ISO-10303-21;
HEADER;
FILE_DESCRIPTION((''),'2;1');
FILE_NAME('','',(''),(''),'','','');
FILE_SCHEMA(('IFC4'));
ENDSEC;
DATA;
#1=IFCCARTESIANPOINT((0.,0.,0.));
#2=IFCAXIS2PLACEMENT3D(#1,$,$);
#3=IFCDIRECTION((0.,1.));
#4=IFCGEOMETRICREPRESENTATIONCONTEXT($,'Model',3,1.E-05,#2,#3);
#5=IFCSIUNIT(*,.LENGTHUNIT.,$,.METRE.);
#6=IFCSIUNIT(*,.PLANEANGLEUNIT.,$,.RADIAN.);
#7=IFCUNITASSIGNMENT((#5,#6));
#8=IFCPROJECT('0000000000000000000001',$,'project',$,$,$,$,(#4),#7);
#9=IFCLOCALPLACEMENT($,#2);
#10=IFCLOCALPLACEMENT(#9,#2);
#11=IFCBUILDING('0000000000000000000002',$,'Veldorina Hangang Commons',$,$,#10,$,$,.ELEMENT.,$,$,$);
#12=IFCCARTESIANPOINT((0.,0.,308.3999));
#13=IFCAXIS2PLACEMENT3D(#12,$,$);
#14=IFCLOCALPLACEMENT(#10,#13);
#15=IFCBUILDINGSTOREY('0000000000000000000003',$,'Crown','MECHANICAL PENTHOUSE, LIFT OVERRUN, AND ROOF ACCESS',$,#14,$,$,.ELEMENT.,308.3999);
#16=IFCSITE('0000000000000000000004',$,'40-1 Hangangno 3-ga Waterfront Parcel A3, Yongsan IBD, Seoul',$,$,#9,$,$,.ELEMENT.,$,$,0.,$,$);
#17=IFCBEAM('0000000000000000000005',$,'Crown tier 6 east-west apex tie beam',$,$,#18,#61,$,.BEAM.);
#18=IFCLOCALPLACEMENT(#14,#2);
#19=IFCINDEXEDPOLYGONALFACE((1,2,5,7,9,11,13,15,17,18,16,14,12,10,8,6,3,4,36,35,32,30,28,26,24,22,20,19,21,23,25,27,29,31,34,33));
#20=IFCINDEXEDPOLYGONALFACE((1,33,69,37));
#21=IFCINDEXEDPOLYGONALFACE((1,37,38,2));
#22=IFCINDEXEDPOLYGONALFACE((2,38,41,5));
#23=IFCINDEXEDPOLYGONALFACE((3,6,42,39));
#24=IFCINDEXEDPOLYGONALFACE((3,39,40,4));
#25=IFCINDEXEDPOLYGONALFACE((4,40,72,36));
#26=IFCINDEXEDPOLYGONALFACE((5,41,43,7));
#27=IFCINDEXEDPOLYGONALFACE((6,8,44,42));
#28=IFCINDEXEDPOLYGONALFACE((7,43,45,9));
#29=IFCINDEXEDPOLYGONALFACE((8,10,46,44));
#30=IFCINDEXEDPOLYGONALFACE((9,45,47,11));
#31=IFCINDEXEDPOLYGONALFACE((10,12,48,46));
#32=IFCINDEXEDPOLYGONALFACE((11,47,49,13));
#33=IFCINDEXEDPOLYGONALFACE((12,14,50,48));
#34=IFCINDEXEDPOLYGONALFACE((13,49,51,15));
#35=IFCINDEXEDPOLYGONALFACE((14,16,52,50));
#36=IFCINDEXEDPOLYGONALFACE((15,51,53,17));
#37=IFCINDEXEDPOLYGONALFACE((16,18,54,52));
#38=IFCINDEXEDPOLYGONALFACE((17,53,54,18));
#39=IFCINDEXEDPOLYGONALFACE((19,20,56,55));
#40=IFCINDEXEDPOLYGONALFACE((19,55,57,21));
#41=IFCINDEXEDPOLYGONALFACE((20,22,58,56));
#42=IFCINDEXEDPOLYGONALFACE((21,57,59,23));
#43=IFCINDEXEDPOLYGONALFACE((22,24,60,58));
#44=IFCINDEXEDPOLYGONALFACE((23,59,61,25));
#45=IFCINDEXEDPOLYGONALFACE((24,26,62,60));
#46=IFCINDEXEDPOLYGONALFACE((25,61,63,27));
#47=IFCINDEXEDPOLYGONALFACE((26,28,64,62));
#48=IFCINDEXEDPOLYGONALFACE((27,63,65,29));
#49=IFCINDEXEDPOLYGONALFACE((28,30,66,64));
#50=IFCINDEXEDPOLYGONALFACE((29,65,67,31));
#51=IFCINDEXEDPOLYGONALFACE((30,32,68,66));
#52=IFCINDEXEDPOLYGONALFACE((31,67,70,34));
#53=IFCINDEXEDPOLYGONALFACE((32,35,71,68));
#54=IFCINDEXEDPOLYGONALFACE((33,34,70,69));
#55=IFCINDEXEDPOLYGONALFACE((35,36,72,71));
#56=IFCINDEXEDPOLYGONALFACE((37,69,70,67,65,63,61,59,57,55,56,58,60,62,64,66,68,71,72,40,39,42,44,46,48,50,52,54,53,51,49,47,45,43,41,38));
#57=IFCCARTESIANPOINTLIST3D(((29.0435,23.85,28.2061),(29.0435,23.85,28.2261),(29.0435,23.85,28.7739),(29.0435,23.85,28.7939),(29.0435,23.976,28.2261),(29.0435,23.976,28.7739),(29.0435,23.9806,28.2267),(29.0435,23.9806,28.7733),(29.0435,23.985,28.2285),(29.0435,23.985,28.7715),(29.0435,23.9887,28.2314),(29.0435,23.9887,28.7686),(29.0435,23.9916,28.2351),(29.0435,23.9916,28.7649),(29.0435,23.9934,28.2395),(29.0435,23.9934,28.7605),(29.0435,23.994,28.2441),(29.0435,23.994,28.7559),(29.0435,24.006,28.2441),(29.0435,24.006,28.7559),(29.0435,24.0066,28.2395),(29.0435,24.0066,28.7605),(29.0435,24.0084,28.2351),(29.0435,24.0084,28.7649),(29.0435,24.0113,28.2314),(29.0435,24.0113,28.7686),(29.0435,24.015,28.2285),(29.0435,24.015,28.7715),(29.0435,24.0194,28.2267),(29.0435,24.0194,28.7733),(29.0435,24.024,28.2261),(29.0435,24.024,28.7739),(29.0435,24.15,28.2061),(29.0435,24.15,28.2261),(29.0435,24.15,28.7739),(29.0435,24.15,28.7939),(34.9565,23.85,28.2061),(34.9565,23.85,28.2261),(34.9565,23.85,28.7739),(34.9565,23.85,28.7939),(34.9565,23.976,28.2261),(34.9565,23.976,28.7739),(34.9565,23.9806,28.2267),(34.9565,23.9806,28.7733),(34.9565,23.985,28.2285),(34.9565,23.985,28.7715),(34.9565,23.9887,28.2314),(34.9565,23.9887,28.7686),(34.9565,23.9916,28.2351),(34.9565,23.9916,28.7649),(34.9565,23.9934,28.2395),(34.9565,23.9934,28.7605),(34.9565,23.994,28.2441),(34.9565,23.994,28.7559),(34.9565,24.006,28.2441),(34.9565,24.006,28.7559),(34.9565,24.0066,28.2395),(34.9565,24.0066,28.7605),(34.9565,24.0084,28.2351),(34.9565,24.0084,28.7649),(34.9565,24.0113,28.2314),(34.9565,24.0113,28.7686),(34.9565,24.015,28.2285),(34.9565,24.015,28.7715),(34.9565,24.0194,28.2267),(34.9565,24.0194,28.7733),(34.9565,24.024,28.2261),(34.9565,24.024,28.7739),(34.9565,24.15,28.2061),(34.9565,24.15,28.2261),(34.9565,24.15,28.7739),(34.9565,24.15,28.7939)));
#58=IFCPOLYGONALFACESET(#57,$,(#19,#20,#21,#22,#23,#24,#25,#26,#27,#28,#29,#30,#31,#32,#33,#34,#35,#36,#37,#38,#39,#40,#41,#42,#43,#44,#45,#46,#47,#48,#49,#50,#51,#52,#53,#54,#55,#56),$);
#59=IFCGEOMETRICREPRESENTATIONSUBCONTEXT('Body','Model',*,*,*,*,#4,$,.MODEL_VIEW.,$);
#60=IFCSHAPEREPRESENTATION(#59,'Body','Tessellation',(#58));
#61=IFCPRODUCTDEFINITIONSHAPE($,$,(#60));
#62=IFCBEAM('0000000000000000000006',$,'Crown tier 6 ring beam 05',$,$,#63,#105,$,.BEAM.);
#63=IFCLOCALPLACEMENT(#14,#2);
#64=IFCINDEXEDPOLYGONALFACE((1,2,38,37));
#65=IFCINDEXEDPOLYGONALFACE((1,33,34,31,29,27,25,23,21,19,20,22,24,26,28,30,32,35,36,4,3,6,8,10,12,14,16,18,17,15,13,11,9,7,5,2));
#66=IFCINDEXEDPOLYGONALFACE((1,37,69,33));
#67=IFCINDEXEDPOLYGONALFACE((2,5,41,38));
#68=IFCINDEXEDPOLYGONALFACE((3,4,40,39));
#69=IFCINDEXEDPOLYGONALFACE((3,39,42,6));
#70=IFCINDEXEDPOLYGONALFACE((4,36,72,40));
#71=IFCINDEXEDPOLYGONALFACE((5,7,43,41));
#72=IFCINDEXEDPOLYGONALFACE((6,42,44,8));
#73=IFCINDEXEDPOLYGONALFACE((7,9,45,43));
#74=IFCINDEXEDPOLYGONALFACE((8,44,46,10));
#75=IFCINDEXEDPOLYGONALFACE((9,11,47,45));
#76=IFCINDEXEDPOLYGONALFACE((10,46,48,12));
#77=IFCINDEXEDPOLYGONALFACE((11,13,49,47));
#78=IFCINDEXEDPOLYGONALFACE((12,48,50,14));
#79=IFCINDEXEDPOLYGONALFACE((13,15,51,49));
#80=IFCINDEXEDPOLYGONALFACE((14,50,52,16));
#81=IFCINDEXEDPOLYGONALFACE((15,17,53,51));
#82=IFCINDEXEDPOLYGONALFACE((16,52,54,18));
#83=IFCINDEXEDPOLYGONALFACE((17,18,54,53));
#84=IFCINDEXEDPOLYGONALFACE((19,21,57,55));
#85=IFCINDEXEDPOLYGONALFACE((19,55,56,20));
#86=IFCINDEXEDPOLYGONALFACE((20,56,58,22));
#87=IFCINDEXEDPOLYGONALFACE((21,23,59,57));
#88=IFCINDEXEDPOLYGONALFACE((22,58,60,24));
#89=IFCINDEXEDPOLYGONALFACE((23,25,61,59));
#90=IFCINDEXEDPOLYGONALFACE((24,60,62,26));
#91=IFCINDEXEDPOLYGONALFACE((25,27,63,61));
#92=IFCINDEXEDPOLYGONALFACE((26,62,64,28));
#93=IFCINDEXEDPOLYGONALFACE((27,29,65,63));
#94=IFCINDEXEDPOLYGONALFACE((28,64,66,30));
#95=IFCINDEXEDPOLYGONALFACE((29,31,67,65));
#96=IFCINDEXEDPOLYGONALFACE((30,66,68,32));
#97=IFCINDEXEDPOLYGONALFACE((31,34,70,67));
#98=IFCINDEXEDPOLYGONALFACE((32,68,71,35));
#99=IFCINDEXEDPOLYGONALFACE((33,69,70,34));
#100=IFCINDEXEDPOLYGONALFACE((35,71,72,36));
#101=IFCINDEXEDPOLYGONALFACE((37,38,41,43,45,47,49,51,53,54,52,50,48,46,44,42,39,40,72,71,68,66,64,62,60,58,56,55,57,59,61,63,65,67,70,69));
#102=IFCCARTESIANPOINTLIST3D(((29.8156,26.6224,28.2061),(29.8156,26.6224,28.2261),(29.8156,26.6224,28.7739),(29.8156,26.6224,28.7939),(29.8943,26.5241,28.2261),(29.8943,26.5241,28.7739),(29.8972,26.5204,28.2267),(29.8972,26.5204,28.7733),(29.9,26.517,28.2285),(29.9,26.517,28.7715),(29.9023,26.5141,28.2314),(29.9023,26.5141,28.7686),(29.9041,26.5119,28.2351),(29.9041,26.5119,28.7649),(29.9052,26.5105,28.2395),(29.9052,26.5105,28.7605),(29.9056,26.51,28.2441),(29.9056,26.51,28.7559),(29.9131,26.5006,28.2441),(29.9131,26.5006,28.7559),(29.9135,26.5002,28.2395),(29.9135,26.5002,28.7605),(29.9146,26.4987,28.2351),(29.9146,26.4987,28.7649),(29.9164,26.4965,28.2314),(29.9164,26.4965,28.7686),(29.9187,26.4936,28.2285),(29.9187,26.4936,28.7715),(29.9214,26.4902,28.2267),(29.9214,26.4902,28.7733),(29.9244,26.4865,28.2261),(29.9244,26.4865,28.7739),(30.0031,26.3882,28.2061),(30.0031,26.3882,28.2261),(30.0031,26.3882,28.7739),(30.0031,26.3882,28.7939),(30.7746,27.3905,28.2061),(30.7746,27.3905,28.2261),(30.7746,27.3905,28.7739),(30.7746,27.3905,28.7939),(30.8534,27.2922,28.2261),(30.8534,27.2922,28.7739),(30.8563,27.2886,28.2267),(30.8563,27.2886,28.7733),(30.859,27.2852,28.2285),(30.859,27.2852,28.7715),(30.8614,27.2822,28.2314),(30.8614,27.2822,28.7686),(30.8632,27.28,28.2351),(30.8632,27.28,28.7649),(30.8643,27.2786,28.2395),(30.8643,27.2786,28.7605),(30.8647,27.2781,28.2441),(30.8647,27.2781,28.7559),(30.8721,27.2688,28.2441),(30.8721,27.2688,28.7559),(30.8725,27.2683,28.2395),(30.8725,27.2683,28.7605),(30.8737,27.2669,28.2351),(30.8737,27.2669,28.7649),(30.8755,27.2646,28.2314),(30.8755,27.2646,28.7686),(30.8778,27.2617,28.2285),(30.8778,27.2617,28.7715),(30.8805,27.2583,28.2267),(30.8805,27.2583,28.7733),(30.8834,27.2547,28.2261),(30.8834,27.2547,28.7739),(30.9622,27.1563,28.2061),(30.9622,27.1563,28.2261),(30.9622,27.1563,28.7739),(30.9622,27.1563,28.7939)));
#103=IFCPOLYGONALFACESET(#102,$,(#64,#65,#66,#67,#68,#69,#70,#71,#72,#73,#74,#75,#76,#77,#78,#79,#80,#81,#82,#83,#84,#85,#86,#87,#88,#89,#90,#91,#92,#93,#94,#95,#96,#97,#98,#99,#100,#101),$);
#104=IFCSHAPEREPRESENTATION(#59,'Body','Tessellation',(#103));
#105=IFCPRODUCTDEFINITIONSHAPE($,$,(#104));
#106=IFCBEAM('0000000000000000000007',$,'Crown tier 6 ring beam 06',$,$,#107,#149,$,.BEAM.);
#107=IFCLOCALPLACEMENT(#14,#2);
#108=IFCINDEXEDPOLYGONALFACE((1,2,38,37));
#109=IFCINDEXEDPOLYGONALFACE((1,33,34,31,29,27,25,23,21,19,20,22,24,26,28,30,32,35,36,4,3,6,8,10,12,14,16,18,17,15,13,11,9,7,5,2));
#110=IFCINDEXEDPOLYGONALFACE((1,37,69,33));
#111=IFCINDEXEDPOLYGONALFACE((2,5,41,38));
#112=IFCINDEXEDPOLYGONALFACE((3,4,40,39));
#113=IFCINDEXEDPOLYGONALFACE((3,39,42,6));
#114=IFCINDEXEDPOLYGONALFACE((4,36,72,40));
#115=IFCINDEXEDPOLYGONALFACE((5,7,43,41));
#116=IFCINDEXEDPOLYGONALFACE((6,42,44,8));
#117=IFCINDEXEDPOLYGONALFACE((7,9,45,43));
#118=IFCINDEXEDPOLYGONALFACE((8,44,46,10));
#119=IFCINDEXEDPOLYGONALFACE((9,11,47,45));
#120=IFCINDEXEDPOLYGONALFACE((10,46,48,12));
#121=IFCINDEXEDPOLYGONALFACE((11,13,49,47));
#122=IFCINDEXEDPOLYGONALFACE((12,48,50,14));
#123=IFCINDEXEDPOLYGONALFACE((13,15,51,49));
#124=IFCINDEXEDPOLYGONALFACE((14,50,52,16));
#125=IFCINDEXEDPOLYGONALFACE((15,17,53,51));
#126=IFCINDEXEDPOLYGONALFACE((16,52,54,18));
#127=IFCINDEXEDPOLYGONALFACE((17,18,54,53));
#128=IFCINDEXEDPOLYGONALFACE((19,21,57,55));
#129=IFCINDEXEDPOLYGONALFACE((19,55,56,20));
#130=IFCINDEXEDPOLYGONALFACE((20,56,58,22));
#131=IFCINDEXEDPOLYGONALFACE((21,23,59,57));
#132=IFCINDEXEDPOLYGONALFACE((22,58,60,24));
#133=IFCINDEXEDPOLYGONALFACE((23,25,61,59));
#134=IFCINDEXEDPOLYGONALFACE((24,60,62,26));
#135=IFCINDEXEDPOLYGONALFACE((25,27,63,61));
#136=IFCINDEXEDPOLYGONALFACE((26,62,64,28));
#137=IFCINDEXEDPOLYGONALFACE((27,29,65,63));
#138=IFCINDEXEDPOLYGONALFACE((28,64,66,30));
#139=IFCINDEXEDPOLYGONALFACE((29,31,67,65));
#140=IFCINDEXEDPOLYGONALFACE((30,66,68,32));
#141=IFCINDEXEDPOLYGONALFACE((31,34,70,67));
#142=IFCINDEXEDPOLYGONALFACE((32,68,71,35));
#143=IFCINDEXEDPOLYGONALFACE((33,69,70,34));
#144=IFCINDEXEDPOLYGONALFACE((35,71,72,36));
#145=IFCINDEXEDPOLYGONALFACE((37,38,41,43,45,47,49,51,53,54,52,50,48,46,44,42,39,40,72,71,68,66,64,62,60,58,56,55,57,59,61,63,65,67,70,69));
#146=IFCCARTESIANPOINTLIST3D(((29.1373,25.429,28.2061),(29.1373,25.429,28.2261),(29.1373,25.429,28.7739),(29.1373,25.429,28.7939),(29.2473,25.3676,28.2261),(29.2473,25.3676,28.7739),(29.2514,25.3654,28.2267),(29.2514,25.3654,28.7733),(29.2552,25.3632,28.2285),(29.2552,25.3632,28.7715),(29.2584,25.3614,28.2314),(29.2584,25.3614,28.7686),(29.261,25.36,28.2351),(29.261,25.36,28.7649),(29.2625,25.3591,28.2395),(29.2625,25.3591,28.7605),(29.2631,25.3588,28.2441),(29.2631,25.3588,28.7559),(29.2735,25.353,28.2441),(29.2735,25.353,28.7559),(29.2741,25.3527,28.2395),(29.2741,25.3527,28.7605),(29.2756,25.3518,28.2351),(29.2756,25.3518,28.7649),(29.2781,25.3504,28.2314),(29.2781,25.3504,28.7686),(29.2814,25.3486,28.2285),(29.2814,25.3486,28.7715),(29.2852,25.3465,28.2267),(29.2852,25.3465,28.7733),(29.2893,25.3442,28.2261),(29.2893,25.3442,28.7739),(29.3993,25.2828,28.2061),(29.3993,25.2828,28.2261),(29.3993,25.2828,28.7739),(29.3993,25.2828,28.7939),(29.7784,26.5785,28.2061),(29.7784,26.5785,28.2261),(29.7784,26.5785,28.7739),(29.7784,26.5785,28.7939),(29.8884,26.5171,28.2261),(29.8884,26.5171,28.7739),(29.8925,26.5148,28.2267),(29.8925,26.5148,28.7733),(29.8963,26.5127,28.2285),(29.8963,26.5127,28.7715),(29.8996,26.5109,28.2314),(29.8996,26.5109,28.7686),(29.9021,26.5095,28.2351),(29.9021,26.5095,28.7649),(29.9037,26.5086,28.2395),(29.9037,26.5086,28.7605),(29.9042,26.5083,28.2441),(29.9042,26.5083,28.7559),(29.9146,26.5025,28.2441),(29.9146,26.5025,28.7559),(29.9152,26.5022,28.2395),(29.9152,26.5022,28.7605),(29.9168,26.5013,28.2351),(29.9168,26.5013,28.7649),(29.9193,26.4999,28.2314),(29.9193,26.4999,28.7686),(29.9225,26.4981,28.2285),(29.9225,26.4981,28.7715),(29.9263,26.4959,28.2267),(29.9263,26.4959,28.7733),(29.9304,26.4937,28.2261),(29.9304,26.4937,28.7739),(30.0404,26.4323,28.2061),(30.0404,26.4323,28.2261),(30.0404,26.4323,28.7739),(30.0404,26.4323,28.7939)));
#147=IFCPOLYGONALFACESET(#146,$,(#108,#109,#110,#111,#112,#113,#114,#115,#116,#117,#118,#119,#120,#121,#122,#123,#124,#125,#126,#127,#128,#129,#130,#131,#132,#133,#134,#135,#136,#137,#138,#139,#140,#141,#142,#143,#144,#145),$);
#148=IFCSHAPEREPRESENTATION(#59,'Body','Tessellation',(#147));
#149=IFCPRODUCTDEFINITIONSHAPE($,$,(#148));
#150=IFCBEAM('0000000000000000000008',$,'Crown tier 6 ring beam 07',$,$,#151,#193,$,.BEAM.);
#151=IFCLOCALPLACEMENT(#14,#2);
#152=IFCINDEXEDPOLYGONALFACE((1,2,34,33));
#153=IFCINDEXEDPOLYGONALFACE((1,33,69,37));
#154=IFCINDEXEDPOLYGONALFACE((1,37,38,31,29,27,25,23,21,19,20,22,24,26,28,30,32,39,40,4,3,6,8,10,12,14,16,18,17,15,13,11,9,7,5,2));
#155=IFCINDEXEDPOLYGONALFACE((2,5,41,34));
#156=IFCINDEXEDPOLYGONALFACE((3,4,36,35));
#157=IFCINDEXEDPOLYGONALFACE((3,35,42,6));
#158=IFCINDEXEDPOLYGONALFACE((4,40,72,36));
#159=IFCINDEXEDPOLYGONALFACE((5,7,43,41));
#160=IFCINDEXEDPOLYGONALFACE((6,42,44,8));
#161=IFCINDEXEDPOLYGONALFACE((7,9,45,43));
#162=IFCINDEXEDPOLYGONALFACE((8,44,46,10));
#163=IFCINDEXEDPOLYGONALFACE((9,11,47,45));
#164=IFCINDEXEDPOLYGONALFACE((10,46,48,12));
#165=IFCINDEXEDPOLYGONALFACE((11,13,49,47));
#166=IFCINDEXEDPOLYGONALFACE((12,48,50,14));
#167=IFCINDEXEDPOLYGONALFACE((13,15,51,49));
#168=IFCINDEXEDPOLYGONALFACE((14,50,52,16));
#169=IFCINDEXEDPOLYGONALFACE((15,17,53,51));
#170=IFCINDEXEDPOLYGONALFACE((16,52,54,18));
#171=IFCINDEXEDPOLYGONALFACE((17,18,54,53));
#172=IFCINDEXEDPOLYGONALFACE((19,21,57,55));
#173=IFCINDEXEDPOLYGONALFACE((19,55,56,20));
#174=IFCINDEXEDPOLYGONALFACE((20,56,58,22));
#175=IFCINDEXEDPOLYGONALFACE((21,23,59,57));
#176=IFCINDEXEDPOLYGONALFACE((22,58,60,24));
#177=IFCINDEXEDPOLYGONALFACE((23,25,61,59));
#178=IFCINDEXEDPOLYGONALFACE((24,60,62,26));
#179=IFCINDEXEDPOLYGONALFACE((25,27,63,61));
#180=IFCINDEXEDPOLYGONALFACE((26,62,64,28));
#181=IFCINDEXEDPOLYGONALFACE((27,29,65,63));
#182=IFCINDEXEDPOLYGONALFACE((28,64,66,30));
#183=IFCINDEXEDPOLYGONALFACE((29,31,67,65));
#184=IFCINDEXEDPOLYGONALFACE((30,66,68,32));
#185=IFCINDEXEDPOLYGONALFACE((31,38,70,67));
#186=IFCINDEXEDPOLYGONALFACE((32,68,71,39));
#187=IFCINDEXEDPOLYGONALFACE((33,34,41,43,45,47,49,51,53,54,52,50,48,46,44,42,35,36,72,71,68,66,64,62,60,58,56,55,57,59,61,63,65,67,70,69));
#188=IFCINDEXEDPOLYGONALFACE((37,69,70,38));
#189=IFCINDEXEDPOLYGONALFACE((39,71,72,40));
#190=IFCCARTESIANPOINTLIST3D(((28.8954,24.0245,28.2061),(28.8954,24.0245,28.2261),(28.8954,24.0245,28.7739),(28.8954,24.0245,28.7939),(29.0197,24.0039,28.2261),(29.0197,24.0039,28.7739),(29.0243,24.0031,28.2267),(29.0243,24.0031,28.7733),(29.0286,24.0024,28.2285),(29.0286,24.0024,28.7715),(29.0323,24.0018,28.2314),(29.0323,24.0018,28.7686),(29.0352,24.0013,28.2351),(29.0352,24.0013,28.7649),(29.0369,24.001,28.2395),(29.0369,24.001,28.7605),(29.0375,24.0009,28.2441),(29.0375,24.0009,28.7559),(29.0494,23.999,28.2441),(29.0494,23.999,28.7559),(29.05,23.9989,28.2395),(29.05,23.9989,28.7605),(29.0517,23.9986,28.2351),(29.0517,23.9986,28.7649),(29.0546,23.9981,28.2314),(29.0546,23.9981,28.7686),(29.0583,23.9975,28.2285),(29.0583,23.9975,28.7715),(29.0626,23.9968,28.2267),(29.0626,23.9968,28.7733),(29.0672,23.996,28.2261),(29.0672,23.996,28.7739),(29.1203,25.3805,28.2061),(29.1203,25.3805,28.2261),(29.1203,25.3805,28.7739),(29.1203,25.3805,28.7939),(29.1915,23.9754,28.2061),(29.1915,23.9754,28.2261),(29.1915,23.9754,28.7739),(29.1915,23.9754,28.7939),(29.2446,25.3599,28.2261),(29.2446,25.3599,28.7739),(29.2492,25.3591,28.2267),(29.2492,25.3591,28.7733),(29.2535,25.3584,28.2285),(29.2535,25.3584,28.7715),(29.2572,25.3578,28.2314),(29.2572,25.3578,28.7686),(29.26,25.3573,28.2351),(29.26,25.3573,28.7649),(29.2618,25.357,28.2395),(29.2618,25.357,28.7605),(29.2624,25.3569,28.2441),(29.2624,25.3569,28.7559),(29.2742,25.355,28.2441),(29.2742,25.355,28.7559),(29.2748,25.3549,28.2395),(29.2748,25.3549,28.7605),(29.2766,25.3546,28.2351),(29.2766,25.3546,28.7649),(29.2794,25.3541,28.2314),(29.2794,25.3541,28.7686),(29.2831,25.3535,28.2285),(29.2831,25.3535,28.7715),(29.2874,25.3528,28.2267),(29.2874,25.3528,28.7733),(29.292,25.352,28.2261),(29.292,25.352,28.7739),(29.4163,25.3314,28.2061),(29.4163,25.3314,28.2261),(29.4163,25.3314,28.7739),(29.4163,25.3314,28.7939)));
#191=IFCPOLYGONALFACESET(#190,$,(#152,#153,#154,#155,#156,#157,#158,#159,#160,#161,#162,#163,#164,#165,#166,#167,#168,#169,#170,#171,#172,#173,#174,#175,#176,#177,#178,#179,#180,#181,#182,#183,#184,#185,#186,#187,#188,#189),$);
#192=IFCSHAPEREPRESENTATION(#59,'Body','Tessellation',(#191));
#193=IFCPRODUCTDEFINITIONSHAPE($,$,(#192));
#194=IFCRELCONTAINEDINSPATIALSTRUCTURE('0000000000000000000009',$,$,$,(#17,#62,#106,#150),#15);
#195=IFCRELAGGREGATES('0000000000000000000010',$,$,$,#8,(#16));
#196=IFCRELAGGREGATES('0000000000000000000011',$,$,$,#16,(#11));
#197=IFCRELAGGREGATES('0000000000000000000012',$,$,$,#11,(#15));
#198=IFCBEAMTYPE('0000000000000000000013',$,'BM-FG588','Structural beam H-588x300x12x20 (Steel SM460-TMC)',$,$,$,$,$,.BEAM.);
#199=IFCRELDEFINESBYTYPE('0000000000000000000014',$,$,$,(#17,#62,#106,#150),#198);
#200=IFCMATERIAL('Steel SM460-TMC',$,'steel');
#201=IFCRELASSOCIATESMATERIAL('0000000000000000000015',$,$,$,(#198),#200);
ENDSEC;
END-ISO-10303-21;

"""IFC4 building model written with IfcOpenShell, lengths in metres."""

from ifc_helpers import new_model, si_unit, direction, frame, origin, origin_2d, place, context, subcontext, project, spatial, i_section, extrude, material, material_profile, profile_set, type_object, element, save


model = new_model("IFC4")

# Units and contexts
model_context = context("Model", 3, precision=1e-05, world=origin(), true_north=direction((0.0, 1.0)))
body_context = subcontext(model_context, "Body", "Model", "MODEL_VIEW")
ifc_project = project(units=[si_unit("LENGTHUNIT", "METRE"), si_unit("PLANEANGLEUNIT", "RADIAN")], contexts=[model_context])

# Site, building, storey
site_placement = place(None, origin())
site = spatial("IfcSite", under=ifc_project, at=site_placement, Name="40-1 Hangangno 3-ga Waterfront Parcel A3, Yongsan IBD, Seoul", CompositionType="ELEMENT", RefElevation=0.0)
building_placement = place(site_placement, origin())
building = spatial("IfcBuilding", under=site, at=building_placement, Name="Veldorina Hangang Commons", CompositionType="ELEMENT")
storey_placement = place(building_placement, frame((0.0, 0.0, 308.3999)))
storey = spatial("IfcBuildingStorey", under=building, at=storey_placement, Name="Crown", Description="MECHANICAL PENTHOUSE, LIFT OVERRUN, AND ROOF ACCESS", CompositionType="ELEMENT", Elevation=308.3999)

# Beams
ifc_material_1 = material(Name="Steel SM460-TMC", Category="steel")
ifc_material_profile_1 = material_profile(ifc_material_1, i_section(OverallWidth=0.3, OverallDepth=0.5879, WebThickness=0.012, FlangeThickness=0.02, FilletRadius=0.0181, at=origin_2d()), Name="H-588x300x12x20")
ifc_profile_set_1 = profile_set([ifc_material_profile_1], Name="Steel SM460-TMC")
beam_type = type_object("IfcBeamType", Name="BM-FG588", Description="Structural beam H-588x300x12x20 (Steel SM460-TMC)", PredefinedType="BEAM", material=ifc_profile_set_1)
beam_1_placement = place(storey_placement, frame((29.0435, 24.0, 28.5), z_axis=(1.0, 0.0, 0.0), x_axis=(0.0, 1.0, 0.0)))
element("IfcBeam", 1, at=beam_1_placement, inside=storey, type_object=beam_type, Name="Crown tier 6 east-west apex tie beam", PredefinedType="BEAM", context=body_context, shape_type="SweptSolid", body=[
    extrude(i_section(OverallWidth=0.3, OverallDepth=0.5879, WebThickness=0.012, FlangeThickness=0.02, FilletRadius=0.0181, at=origin_2d()), origin(), (0.0, 0.0, 1.0), 5.9131),
])
beam_2_placement = place(storey_placement, frame((30.8684, 27.2734, 28.5), z_axis=(-0.78052, -0.625131, 0.0), x_axis=(0.625131, -0.78052, 0.0)))
element("IfcBeam", 2, at=beam_2_placement, inside=storey, type_object=beam_type, Name="Crown tier 6 ring beam 05", PredefinedType="BEAM", context=body_context, shape_type="SweptSolid", body=[
    extrude(i_section(OverallWidth=0.3, OverallDepth=0.5879, WebThickness=0.012, FlangeThickness=0.02, FilletRadius=0.0181, at=origin_2d()), origin(), (0.0, 0.0, 1.0), 1.2288),
])
beam_3_placement = place(storey_placement, frame((29.9094, 26.5054, 28.5), z_axis=(-0.487123, -0.873334, 0.0), x_axis=(0.873334, -0.487123, 0.0)))
element("IfcBeam", 3, at=beam_3_placement, inside=storey, type_object=beam_type, Name="Crown tier 6 ring beam 06", PredefinedType="BEAM", context=body_context, shape_type="SweptSolid", body=[
    extrude(i_section(OverallWidth=0.3, OverallDepth=0.5879, WebThickness=0.012, FlangeThickness=0.02, FilletRadius=0.0181, at=origin_2d()), origin(), (0.0, 0.0, 1.0), 1.3162),
])
for number, where, z_axis, x_axis, name in (
    (4, (29.2683, 25.356, 28.5), (-0.163592, -0.986528, 0.0), (0.986528, -0.163592, 0.0), "Crown tier 6 ring beam 07"),
):
    element("IfcBeam", number, at=place(storey_placement, frame(where, z_axis=z_axis, x_axis=x_axis)), inside=storey, type_object=beam_type, Name=name, PredefinedType="BEAM", context=body_context, shape_type="SweptSolid", body=[
        extrude(i_section(OverallWidth=0.3, OverallDepth=0.5879, WebThickness=0.012, FlangeThickness=0.02, FilletRadius=0.0181, at=origin_2d()), origin(), (0.0, 0.0, 1.0), 1.3745),
    ])

save(model, "model.ifc")
